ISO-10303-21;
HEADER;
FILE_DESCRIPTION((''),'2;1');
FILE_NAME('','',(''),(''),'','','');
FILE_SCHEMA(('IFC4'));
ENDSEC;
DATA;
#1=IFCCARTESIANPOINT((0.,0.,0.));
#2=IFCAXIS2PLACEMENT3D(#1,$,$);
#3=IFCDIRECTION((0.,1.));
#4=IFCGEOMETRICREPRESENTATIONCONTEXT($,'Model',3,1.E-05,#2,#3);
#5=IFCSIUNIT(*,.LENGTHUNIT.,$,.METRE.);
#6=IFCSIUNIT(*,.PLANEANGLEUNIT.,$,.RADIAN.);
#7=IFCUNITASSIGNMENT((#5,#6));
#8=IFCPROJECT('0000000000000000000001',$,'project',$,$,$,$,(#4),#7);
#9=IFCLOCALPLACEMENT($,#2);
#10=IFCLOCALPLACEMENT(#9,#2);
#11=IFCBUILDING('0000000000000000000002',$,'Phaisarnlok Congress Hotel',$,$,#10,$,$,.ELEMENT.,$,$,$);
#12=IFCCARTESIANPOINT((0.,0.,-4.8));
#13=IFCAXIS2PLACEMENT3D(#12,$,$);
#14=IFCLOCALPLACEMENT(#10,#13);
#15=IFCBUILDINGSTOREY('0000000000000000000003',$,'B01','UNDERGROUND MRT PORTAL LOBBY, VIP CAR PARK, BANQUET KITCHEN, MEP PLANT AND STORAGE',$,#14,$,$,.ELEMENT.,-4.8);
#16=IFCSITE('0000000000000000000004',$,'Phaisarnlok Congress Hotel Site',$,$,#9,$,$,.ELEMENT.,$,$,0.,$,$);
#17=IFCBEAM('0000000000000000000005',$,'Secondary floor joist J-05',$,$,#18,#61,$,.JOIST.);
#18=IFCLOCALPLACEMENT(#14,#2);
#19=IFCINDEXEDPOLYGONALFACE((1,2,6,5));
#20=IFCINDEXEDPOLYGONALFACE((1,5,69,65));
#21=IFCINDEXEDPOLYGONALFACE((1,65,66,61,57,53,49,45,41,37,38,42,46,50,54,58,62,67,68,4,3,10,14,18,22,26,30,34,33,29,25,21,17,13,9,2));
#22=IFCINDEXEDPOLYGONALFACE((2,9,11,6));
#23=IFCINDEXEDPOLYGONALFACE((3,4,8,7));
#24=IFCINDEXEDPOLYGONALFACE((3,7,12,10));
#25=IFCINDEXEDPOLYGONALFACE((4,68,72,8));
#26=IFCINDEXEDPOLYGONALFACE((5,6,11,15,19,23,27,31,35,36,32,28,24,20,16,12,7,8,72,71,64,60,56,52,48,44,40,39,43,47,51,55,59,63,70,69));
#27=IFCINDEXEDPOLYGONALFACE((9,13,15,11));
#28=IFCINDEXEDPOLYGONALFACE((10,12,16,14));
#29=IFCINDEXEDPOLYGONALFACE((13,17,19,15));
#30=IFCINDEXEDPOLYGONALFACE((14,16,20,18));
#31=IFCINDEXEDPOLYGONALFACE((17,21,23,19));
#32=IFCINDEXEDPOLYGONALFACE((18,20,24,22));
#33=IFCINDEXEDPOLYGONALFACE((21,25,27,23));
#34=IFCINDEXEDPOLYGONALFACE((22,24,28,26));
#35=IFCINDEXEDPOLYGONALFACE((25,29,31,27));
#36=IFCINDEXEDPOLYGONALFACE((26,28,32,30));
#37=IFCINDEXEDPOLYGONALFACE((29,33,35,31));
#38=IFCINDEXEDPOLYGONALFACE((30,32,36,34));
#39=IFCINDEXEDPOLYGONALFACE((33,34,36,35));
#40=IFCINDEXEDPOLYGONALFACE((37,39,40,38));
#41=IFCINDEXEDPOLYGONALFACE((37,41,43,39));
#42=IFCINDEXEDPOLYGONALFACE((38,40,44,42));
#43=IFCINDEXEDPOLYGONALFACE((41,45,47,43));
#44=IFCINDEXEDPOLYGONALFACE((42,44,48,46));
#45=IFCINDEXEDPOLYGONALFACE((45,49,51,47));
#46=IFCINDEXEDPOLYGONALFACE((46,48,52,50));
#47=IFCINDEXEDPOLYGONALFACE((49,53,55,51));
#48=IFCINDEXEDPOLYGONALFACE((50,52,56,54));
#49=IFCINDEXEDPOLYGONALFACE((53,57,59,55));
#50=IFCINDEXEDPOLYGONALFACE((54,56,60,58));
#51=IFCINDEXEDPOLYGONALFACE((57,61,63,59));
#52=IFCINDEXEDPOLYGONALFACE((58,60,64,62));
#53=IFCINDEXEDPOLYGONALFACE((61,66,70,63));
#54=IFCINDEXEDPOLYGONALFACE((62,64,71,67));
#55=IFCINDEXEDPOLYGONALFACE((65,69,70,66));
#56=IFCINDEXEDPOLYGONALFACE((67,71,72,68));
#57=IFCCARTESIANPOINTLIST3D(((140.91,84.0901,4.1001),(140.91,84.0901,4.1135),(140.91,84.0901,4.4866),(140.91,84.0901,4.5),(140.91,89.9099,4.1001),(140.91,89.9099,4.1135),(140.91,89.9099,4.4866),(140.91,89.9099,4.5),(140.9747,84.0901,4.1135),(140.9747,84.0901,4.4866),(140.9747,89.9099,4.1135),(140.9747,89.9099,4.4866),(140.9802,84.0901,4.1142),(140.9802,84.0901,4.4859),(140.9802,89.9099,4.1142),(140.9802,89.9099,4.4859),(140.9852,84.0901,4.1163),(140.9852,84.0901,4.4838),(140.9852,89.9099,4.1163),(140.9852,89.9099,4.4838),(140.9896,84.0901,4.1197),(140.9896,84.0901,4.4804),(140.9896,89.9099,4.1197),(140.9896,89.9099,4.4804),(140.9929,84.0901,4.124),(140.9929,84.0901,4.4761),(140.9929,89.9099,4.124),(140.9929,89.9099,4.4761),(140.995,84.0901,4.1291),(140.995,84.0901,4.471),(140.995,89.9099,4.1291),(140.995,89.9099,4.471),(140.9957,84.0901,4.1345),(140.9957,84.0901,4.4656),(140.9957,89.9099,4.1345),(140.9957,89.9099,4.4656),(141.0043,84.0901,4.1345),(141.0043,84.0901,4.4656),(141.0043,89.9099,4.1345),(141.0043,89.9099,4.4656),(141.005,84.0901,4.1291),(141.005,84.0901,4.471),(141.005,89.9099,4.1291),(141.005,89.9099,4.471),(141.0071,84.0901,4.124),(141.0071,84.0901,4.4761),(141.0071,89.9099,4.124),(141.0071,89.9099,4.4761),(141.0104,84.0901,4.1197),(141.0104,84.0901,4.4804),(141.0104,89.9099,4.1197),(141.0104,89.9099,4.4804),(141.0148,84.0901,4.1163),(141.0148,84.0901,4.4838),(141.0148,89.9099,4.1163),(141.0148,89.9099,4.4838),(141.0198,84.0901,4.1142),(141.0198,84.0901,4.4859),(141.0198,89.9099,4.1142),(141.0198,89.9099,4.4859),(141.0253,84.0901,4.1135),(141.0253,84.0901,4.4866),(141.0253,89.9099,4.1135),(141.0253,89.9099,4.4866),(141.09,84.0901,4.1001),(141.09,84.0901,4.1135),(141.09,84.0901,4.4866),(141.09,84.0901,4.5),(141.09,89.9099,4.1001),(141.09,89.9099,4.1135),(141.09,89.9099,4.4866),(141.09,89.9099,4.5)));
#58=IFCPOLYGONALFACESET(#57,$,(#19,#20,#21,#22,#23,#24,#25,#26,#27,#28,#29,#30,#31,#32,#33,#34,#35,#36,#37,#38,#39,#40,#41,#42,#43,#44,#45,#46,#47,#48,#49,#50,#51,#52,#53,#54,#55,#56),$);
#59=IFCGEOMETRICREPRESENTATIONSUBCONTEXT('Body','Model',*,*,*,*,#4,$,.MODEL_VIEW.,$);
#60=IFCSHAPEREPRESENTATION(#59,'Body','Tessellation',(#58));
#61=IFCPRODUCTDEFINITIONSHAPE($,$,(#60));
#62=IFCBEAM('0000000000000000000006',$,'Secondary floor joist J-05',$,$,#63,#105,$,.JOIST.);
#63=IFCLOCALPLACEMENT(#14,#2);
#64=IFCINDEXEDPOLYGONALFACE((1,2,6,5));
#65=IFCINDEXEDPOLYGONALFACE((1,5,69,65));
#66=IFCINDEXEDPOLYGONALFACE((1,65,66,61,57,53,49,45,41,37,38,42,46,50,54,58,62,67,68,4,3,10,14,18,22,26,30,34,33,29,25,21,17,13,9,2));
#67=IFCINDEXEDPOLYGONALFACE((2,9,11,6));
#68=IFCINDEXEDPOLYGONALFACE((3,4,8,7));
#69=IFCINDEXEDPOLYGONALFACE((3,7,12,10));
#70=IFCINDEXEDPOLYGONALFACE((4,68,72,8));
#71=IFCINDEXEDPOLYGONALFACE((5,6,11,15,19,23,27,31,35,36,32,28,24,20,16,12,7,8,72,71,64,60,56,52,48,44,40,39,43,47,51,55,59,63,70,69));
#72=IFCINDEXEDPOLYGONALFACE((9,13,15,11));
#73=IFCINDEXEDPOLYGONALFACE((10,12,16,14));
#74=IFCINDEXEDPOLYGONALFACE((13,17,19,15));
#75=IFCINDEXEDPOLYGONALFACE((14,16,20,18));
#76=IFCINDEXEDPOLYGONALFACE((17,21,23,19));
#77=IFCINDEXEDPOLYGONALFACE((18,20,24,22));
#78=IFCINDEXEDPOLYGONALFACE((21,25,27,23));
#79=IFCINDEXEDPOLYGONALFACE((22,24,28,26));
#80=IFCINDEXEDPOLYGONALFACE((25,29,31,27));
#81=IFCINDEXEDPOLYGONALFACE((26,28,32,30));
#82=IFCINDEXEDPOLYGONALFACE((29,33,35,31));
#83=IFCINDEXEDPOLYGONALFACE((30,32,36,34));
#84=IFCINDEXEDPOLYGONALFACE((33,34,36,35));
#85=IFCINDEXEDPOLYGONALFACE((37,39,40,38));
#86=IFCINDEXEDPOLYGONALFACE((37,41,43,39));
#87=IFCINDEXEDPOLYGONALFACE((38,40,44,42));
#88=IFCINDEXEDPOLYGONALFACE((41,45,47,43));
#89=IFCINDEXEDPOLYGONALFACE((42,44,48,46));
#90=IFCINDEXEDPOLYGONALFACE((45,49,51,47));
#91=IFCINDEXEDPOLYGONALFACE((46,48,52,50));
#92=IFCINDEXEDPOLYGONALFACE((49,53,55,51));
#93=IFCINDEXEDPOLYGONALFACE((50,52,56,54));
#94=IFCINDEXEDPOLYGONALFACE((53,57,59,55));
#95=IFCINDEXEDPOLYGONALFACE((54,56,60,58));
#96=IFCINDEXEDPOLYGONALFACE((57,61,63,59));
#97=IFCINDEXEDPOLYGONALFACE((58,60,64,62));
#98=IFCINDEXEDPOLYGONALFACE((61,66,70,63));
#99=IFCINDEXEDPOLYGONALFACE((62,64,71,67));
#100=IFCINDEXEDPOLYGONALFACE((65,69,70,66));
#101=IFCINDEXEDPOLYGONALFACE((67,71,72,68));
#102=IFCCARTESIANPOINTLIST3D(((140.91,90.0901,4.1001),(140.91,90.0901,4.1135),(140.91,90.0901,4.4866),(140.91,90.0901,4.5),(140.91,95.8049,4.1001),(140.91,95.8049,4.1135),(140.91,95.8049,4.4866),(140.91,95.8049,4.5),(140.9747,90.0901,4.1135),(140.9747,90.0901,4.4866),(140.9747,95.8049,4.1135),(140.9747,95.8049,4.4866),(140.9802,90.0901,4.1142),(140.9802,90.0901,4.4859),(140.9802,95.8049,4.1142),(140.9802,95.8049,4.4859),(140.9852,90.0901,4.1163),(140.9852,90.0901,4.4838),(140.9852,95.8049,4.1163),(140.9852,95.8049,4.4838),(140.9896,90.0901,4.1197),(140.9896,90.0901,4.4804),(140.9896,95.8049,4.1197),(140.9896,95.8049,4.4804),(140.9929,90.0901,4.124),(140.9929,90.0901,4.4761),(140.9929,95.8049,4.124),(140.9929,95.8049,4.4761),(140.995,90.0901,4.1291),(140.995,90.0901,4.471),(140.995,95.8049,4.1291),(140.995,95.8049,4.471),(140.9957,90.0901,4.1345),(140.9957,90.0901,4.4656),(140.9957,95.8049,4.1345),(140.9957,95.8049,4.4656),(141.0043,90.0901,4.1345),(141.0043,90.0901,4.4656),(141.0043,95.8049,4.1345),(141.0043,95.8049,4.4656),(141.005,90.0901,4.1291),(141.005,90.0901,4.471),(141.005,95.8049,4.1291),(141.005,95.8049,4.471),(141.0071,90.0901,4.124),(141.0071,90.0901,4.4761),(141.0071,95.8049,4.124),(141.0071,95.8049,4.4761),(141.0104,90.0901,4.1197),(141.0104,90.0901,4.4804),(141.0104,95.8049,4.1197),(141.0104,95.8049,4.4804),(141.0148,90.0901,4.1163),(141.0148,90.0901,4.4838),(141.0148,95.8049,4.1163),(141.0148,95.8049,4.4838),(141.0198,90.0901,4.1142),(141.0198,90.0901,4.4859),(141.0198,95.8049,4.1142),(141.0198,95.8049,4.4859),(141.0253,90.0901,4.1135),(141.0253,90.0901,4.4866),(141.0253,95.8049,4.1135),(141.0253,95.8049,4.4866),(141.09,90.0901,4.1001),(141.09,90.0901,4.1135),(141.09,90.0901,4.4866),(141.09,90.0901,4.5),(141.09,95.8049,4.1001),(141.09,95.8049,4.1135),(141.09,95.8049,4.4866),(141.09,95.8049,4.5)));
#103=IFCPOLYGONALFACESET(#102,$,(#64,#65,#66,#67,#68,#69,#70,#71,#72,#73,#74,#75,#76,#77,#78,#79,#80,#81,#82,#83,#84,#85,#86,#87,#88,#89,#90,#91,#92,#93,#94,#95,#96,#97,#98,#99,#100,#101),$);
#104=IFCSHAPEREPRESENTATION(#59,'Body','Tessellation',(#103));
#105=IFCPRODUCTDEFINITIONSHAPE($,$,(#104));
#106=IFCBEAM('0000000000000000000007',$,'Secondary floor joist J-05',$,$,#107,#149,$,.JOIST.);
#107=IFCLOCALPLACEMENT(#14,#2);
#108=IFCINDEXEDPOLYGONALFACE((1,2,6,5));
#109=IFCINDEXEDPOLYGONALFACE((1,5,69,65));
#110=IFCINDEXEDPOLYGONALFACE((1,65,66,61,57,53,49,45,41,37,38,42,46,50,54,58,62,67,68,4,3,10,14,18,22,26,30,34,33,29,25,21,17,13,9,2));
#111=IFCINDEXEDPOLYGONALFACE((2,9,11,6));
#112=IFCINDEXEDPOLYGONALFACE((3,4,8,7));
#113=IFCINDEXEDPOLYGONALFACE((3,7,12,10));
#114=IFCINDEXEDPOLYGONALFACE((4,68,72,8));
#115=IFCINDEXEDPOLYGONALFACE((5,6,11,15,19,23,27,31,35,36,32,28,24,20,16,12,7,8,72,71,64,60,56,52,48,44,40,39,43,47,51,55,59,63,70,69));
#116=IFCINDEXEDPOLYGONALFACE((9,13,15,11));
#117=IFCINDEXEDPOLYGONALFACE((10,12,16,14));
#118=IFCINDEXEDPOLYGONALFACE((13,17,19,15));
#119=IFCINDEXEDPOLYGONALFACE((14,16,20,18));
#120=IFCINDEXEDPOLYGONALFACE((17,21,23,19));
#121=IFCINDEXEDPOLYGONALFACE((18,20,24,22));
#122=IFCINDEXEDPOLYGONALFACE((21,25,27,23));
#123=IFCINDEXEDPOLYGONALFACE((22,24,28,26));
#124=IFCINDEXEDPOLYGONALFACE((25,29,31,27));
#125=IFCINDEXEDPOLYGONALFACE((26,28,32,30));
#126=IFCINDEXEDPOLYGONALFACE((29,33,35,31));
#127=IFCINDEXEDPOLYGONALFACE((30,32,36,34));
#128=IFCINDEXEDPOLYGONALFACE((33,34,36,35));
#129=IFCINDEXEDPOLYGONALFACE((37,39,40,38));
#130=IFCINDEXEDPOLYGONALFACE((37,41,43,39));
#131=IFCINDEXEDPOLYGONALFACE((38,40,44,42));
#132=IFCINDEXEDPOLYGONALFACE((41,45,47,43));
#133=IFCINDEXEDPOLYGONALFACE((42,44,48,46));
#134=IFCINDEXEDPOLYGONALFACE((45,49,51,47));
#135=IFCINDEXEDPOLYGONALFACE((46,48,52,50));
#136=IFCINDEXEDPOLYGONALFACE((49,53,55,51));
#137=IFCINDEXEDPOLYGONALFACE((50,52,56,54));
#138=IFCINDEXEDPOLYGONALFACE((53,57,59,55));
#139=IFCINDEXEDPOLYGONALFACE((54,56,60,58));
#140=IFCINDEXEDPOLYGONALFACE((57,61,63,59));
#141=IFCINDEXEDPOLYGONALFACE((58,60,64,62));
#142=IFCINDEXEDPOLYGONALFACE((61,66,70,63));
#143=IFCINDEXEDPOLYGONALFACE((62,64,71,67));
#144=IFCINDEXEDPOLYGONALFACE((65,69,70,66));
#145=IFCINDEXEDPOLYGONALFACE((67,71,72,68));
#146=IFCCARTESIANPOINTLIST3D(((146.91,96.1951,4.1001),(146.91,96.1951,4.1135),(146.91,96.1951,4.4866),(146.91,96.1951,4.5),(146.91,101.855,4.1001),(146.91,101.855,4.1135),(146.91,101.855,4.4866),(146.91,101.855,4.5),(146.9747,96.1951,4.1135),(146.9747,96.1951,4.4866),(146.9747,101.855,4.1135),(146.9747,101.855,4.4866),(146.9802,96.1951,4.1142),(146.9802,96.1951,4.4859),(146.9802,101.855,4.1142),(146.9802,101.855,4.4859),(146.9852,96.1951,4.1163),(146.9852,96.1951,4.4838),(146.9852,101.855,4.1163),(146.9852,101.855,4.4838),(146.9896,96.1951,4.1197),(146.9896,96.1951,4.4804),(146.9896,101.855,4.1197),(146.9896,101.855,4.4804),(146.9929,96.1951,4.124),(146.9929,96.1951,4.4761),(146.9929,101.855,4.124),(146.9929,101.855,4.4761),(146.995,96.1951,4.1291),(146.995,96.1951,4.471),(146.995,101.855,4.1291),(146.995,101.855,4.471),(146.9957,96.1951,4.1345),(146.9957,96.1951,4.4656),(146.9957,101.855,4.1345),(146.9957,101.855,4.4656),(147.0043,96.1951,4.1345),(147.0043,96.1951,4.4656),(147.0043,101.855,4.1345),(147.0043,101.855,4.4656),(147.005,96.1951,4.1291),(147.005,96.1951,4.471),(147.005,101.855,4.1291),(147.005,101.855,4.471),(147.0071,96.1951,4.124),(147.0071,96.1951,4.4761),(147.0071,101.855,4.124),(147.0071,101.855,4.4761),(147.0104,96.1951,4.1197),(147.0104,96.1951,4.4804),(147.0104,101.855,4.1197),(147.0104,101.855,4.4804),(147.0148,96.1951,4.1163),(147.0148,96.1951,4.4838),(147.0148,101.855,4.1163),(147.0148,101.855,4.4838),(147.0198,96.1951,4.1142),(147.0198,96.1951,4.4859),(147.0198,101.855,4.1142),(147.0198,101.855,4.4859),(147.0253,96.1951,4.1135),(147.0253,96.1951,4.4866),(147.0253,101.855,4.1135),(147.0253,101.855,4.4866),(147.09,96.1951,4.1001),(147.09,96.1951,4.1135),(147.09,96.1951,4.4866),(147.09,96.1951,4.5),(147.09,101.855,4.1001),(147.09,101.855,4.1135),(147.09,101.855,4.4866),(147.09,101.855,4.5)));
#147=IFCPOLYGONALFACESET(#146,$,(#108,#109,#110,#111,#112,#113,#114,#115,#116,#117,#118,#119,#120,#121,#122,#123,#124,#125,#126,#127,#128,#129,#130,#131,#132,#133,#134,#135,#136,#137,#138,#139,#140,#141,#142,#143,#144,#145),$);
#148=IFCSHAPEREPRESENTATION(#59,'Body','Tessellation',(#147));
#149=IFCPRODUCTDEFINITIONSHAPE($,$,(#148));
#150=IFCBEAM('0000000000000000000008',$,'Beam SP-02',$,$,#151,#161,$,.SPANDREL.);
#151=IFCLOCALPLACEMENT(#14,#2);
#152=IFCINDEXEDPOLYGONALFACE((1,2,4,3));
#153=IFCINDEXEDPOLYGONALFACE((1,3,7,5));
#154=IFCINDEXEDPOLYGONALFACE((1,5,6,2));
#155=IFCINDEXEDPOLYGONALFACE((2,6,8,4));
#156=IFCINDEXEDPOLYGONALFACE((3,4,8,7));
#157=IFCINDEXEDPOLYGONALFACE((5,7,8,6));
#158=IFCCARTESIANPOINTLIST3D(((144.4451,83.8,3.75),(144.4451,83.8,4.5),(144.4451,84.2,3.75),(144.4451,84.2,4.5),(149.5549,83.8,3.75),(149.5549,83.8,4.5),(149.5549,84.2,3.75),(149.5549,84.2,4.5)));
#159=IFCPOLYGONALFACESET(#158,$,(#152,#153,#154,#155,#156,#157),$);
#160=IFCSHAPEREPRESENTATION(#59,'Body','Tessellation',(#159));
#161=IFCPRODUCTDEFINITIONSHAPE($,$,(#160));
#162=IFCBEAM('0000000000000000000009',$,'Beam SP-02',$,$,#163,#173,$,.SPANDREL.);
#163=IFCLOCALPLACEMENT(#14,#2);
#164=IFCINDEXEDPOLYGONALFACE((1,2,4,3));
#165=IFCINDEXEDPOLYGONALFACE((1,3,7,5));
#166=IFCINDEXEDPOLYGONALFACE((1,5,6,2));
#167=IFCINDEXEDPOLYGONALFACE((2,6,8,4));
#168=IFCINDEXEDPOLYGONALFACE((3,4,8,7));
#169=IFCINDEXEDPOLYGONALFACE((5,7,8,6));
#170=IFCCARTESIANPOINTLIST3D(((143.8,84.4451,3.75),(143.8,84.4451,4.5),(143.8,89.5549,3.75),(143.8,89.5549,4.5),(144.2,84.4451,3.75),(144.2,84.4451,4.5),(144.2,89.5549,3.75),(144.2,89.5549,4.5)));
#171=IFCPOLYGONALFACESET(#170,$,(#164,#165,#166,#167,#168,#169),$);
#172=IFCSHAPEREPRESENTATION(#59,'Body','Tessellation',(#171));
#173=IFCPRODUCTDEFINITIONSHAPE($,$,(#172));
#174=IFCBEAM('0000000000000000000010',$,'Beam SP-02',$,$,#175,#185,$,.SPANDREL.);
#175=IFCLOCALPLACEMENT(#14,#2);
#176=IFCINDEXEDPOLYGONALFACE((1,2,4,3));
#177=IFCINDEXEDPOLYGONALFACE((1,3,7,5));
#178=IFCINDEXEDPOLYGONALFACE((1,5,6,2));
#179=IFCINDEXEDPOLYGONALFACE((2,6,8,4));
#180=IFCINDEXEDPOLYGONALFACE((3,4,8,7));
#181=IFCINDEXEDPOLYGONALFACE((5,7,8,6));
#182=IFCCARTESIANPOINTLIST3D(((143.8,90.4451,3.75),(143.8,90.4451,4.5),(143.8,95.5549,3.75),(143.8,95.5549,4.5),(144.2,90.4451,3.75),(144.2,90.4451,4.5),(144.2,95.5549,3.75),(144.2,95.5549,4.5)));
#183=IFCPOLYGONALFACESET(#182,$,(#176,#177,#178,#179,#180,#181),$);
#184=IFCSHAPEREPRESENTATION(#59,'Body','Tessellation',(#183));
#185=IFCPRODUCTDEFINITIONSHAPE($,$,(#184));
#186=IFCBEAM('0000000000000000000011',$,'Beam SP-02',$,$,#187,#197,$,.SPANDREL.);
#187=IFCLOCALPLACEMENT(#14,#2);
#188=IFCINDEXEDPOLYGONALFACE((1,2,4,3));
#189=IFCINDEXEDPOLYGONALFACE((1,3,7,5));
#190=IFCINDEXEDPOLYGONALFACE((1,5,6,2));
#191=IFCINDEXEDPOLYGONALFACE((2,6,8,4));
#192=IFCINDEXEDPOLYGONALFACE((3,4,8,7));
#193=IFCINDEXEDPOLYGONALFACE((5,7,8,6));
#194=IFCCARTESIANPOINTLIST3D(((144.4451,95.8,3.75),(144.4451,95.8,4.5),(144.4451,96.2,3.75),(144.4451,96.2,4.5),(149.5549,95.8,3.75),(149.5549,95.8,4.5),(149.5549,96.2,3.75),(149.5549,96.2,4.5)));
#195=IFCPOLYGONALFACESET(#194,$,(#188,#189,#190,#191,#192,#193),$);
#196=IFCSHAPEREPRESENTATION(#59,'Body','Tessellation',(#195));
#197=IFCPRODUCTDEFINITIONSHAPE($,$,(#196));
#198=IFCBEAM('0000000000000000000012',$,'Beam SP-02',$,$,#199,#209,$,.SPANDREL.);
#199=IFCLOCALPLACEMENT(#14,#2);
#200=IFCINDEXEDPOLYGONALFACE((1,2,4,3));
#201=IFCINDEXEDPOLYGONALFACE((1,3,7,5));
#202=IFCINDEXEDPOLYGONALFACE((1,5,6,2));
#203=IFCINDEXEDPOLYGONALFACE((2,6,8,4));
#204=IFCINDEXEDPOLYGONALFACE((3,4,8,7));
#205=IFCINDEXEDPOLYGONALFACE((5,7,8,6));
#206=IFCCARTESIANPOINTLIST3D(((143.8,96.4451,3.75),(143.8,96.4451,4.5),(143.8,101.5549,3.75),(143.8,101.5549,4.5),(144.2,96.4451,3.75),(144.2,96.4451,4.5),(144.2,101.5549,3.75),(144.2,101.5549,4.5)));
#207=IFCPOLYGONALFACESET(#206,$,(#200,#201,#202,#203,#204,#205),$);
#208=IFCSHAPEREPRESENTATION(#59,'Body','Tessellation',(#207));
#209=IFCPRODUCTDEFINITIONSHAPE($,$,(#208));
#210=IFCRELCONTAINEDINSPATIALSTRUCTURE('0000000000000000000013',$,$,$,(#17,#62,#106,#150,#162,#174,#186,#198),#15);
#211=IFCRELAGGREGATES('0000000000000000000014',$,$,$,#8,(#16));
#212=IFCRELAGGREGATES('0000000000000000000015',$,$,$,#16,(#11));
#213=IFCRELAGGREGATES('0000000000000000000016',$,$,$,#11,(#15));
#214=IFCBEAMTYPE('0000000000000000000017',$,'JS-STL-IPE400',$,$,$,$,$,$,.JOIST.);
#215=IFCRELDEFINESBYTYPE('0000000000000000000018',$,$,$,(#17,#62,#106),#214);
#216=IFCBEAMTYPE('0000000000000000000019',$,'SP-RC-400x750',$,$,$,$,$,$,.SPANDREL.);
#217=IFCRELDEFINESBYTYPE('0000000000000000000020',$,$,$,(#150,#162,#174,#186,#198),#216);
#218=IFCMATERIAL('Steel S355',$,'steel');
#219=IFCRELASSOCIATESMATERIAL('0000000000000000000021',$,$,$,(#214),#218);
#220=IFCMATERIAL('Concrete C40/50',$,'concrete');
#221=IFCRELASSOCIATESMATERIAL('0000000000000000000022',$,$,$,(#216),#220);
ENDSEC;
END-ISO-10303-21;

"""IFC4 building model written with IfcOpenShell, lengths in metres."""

from ifc_helpers import new_model, si_unit, direction, frame, origin, origin_2d, place, context, subcontext, project, spatial, rectangle, i_section, extrude, material, material_profile, profile_set, type_object, element, save


model = new_model("IFC4")

# Units and contexts
model_context = context("Model", 3, precision=1e-05, world=origin(), true_north=direction((0.0, 1.0)))
body_context = subcontext(model_context, "Body", "Model", "MODEL_VIEW")
ifc_project = project(units=[si_unit("LENGTHUNIT", "METRE"), si_unit("PLANEANGLEUNIT", "RADIAN")], contexts=[model_context])

# Site, building, storey
site_placement = place(None, origin())
site = spatial("IfcSite", under=ifc_project, at=site_placement, Name="Phaisarnlok Congress Hotel Site", CompositionType="ELEMENT", RefElevation=0.0)
building_placement = place(site_placement, origin())
building = spatial("IfcBuilding", under=site, at=building_placement, Name="Phaisarnlok Congress Hotel", CompositionType="ELEMENT")
storey_placement = place(building_placement, frame((0.0, 0.0, -4.8)))
storey = spatial("IfcBuildingStorey", under=building, at=storey_placement, Name="B01", Description="UNDERGROUND MRT PORTAL LOBBY, VIP CAR PARK, BANQUET KITCHEN, MEP PLANT AND STORAGE", CompositionType="ELEMENT", Elevation=-4.8)

# Shared definitions
ifc_material_1 = material(Name="Concrete C40/50", Category="concrete")

# Beams
ifc_material_2 = material(Name="Steel S355", Category="steel")
ifc_material_profile_1 = material_profile(ifc_material_2, i_section(OverallWidth=0.1799, OverallDepth=0.3999, WebThickness=0.0085, FlangeThickness=0.0134, FilletRadius=0.021, at=origin_2d()), Name="IPE 400")
ifc_profile_set_1 = profile_set([ifc_material_profile_1], Name="Steel S355")
beam_type_1 = type_object("IfcBeamType", Name="JS-STL-IPE400", PredefinedType="JOIST", material=ifc_profile_set_1)
beam_1_placement = place(storey_placement, frame((141.0, 84.0901, 4.3), z_axis=(0.0, 1.0, 0.0), x_axis=(-1.0, 0.0, 0.0)))
element("IfcBeam", 1, at=beam_1_placement, inside=storey, type_object=beam_type_1, Name="Secondary floor joist J-05", PredefinedType="JOIST", context=body_context, shape_type="SweptSolid", body=[
    extrude(i_section(OverallWidth=0.1799, OverallDepth=0.3999, WebThickness=0.0085, FlangeThickness=0.0134, FilletRadius=0.021, at=origin_2d()), origin(), (0.0, 0.0, 1.0), 5.8198),
])
beam_2_placement = place(storey_placement, frame((141.0, 90.0901, 4.3), z_axis=(0.0, 1.0, 0.0), x_axis=(-1.0, 0.0, 0.0)))
element("IfcBeam", 2, at=beam_2_placement, inside=storey, type_object=beam_type_1, Name="Secondary floor joist J-05", PredefinedType="JOIST", context=body_context, shape_type="SweptSolid", body=[
    extrude(i_section(OverallWidth=0.1799, OverallDepth=0.3999, WebThickness=0.0085, FlangeThickness=0.0134, FilletRadius=0.021, at=origin_2d()), origin(), (0.0, 0.0, 1.0), 5.7148),
])
beam_3_placement = place(storey_placement, frame((147.0, 96.1951, 4.3), z_axis=(0.0, 1.0, 0.0), x_axis=(-1.0, 0.0, 0.0)))
element("IfcBeam", 3, at=beam_3_placement, inside=storey, type_object=beam_type_1, Name="Secondary floor joist J-05", PredefinedType="JOIST", context=body_context, shape_type="SweptSolid", body=[
    extrude(i_section(OverallWidth=0.1799, OverallDepth=0.3999, WebThickness=0.0085, FlangeThickness=0.0134, FilletRadius=0.021, at=origin_2d()), origin(), (0.0, 0.0, 1.0), 5.6599),
])
ifc_material_profile_2 = material_profile(ifc_material_1, rectangle(XDim=0.3999, YDim=0.75, at=origin_2d()), Name="RC 400x750")
ifc_profile_set_2 = profile_set([ifc_material_profile_2], Name="Concrete C40/50")
beam_type_2 = type_object("IfcBeamType", Name="SP-RC-400x750", PredefinedType="SPANDREL", material=ifc_profile_set_2)
for number, where, z_axis, x_axis, name in (
    (4, (144.4451, 84.0, 4.125), (1.0, 0.0, 0.0), (0.0, 1.0, 0.0), "Beam SP-02"),
    (5, (144.0, 84.4451, 4.125), (0.0, 1.0, 0.0), (-1.0, 0.0, 0.0), "Beam SP-02"),
    (6, (144.0, 90.4451, 4.125), (0.0, 1.0, 0.0), (-1.0, 0.0, 0.0), "Beam SP-02"),
    (7, (144.4451, 96.0, 4.125), (1.0, 0.0, 0.0), (0.0, 1.0, 0.0), "Beam SP-02"),
    (8, (144.0, 96.4451, 4.125), (0.0, 1.0, 0.0), (-1.0, 0.0, 0.0), "Beam SP-02"),
):
    element("IfcBeam", number, at=place(storey_placement, frame(where, z_axis=z_axis, x_axis=x_axis)), inside=storey, type_object=beam_type_2, Name=name, PredefinedType="SPANDREL", context=body_context, shape_type="SweptSolid", body=[
        extrude(rectangle(XDim=0.3999, YDim=0.75, at=origin_2d()), origin(), (0.0, 0.0, 1.0), 5.1099),
    ])

save(model, "model.ifc")
